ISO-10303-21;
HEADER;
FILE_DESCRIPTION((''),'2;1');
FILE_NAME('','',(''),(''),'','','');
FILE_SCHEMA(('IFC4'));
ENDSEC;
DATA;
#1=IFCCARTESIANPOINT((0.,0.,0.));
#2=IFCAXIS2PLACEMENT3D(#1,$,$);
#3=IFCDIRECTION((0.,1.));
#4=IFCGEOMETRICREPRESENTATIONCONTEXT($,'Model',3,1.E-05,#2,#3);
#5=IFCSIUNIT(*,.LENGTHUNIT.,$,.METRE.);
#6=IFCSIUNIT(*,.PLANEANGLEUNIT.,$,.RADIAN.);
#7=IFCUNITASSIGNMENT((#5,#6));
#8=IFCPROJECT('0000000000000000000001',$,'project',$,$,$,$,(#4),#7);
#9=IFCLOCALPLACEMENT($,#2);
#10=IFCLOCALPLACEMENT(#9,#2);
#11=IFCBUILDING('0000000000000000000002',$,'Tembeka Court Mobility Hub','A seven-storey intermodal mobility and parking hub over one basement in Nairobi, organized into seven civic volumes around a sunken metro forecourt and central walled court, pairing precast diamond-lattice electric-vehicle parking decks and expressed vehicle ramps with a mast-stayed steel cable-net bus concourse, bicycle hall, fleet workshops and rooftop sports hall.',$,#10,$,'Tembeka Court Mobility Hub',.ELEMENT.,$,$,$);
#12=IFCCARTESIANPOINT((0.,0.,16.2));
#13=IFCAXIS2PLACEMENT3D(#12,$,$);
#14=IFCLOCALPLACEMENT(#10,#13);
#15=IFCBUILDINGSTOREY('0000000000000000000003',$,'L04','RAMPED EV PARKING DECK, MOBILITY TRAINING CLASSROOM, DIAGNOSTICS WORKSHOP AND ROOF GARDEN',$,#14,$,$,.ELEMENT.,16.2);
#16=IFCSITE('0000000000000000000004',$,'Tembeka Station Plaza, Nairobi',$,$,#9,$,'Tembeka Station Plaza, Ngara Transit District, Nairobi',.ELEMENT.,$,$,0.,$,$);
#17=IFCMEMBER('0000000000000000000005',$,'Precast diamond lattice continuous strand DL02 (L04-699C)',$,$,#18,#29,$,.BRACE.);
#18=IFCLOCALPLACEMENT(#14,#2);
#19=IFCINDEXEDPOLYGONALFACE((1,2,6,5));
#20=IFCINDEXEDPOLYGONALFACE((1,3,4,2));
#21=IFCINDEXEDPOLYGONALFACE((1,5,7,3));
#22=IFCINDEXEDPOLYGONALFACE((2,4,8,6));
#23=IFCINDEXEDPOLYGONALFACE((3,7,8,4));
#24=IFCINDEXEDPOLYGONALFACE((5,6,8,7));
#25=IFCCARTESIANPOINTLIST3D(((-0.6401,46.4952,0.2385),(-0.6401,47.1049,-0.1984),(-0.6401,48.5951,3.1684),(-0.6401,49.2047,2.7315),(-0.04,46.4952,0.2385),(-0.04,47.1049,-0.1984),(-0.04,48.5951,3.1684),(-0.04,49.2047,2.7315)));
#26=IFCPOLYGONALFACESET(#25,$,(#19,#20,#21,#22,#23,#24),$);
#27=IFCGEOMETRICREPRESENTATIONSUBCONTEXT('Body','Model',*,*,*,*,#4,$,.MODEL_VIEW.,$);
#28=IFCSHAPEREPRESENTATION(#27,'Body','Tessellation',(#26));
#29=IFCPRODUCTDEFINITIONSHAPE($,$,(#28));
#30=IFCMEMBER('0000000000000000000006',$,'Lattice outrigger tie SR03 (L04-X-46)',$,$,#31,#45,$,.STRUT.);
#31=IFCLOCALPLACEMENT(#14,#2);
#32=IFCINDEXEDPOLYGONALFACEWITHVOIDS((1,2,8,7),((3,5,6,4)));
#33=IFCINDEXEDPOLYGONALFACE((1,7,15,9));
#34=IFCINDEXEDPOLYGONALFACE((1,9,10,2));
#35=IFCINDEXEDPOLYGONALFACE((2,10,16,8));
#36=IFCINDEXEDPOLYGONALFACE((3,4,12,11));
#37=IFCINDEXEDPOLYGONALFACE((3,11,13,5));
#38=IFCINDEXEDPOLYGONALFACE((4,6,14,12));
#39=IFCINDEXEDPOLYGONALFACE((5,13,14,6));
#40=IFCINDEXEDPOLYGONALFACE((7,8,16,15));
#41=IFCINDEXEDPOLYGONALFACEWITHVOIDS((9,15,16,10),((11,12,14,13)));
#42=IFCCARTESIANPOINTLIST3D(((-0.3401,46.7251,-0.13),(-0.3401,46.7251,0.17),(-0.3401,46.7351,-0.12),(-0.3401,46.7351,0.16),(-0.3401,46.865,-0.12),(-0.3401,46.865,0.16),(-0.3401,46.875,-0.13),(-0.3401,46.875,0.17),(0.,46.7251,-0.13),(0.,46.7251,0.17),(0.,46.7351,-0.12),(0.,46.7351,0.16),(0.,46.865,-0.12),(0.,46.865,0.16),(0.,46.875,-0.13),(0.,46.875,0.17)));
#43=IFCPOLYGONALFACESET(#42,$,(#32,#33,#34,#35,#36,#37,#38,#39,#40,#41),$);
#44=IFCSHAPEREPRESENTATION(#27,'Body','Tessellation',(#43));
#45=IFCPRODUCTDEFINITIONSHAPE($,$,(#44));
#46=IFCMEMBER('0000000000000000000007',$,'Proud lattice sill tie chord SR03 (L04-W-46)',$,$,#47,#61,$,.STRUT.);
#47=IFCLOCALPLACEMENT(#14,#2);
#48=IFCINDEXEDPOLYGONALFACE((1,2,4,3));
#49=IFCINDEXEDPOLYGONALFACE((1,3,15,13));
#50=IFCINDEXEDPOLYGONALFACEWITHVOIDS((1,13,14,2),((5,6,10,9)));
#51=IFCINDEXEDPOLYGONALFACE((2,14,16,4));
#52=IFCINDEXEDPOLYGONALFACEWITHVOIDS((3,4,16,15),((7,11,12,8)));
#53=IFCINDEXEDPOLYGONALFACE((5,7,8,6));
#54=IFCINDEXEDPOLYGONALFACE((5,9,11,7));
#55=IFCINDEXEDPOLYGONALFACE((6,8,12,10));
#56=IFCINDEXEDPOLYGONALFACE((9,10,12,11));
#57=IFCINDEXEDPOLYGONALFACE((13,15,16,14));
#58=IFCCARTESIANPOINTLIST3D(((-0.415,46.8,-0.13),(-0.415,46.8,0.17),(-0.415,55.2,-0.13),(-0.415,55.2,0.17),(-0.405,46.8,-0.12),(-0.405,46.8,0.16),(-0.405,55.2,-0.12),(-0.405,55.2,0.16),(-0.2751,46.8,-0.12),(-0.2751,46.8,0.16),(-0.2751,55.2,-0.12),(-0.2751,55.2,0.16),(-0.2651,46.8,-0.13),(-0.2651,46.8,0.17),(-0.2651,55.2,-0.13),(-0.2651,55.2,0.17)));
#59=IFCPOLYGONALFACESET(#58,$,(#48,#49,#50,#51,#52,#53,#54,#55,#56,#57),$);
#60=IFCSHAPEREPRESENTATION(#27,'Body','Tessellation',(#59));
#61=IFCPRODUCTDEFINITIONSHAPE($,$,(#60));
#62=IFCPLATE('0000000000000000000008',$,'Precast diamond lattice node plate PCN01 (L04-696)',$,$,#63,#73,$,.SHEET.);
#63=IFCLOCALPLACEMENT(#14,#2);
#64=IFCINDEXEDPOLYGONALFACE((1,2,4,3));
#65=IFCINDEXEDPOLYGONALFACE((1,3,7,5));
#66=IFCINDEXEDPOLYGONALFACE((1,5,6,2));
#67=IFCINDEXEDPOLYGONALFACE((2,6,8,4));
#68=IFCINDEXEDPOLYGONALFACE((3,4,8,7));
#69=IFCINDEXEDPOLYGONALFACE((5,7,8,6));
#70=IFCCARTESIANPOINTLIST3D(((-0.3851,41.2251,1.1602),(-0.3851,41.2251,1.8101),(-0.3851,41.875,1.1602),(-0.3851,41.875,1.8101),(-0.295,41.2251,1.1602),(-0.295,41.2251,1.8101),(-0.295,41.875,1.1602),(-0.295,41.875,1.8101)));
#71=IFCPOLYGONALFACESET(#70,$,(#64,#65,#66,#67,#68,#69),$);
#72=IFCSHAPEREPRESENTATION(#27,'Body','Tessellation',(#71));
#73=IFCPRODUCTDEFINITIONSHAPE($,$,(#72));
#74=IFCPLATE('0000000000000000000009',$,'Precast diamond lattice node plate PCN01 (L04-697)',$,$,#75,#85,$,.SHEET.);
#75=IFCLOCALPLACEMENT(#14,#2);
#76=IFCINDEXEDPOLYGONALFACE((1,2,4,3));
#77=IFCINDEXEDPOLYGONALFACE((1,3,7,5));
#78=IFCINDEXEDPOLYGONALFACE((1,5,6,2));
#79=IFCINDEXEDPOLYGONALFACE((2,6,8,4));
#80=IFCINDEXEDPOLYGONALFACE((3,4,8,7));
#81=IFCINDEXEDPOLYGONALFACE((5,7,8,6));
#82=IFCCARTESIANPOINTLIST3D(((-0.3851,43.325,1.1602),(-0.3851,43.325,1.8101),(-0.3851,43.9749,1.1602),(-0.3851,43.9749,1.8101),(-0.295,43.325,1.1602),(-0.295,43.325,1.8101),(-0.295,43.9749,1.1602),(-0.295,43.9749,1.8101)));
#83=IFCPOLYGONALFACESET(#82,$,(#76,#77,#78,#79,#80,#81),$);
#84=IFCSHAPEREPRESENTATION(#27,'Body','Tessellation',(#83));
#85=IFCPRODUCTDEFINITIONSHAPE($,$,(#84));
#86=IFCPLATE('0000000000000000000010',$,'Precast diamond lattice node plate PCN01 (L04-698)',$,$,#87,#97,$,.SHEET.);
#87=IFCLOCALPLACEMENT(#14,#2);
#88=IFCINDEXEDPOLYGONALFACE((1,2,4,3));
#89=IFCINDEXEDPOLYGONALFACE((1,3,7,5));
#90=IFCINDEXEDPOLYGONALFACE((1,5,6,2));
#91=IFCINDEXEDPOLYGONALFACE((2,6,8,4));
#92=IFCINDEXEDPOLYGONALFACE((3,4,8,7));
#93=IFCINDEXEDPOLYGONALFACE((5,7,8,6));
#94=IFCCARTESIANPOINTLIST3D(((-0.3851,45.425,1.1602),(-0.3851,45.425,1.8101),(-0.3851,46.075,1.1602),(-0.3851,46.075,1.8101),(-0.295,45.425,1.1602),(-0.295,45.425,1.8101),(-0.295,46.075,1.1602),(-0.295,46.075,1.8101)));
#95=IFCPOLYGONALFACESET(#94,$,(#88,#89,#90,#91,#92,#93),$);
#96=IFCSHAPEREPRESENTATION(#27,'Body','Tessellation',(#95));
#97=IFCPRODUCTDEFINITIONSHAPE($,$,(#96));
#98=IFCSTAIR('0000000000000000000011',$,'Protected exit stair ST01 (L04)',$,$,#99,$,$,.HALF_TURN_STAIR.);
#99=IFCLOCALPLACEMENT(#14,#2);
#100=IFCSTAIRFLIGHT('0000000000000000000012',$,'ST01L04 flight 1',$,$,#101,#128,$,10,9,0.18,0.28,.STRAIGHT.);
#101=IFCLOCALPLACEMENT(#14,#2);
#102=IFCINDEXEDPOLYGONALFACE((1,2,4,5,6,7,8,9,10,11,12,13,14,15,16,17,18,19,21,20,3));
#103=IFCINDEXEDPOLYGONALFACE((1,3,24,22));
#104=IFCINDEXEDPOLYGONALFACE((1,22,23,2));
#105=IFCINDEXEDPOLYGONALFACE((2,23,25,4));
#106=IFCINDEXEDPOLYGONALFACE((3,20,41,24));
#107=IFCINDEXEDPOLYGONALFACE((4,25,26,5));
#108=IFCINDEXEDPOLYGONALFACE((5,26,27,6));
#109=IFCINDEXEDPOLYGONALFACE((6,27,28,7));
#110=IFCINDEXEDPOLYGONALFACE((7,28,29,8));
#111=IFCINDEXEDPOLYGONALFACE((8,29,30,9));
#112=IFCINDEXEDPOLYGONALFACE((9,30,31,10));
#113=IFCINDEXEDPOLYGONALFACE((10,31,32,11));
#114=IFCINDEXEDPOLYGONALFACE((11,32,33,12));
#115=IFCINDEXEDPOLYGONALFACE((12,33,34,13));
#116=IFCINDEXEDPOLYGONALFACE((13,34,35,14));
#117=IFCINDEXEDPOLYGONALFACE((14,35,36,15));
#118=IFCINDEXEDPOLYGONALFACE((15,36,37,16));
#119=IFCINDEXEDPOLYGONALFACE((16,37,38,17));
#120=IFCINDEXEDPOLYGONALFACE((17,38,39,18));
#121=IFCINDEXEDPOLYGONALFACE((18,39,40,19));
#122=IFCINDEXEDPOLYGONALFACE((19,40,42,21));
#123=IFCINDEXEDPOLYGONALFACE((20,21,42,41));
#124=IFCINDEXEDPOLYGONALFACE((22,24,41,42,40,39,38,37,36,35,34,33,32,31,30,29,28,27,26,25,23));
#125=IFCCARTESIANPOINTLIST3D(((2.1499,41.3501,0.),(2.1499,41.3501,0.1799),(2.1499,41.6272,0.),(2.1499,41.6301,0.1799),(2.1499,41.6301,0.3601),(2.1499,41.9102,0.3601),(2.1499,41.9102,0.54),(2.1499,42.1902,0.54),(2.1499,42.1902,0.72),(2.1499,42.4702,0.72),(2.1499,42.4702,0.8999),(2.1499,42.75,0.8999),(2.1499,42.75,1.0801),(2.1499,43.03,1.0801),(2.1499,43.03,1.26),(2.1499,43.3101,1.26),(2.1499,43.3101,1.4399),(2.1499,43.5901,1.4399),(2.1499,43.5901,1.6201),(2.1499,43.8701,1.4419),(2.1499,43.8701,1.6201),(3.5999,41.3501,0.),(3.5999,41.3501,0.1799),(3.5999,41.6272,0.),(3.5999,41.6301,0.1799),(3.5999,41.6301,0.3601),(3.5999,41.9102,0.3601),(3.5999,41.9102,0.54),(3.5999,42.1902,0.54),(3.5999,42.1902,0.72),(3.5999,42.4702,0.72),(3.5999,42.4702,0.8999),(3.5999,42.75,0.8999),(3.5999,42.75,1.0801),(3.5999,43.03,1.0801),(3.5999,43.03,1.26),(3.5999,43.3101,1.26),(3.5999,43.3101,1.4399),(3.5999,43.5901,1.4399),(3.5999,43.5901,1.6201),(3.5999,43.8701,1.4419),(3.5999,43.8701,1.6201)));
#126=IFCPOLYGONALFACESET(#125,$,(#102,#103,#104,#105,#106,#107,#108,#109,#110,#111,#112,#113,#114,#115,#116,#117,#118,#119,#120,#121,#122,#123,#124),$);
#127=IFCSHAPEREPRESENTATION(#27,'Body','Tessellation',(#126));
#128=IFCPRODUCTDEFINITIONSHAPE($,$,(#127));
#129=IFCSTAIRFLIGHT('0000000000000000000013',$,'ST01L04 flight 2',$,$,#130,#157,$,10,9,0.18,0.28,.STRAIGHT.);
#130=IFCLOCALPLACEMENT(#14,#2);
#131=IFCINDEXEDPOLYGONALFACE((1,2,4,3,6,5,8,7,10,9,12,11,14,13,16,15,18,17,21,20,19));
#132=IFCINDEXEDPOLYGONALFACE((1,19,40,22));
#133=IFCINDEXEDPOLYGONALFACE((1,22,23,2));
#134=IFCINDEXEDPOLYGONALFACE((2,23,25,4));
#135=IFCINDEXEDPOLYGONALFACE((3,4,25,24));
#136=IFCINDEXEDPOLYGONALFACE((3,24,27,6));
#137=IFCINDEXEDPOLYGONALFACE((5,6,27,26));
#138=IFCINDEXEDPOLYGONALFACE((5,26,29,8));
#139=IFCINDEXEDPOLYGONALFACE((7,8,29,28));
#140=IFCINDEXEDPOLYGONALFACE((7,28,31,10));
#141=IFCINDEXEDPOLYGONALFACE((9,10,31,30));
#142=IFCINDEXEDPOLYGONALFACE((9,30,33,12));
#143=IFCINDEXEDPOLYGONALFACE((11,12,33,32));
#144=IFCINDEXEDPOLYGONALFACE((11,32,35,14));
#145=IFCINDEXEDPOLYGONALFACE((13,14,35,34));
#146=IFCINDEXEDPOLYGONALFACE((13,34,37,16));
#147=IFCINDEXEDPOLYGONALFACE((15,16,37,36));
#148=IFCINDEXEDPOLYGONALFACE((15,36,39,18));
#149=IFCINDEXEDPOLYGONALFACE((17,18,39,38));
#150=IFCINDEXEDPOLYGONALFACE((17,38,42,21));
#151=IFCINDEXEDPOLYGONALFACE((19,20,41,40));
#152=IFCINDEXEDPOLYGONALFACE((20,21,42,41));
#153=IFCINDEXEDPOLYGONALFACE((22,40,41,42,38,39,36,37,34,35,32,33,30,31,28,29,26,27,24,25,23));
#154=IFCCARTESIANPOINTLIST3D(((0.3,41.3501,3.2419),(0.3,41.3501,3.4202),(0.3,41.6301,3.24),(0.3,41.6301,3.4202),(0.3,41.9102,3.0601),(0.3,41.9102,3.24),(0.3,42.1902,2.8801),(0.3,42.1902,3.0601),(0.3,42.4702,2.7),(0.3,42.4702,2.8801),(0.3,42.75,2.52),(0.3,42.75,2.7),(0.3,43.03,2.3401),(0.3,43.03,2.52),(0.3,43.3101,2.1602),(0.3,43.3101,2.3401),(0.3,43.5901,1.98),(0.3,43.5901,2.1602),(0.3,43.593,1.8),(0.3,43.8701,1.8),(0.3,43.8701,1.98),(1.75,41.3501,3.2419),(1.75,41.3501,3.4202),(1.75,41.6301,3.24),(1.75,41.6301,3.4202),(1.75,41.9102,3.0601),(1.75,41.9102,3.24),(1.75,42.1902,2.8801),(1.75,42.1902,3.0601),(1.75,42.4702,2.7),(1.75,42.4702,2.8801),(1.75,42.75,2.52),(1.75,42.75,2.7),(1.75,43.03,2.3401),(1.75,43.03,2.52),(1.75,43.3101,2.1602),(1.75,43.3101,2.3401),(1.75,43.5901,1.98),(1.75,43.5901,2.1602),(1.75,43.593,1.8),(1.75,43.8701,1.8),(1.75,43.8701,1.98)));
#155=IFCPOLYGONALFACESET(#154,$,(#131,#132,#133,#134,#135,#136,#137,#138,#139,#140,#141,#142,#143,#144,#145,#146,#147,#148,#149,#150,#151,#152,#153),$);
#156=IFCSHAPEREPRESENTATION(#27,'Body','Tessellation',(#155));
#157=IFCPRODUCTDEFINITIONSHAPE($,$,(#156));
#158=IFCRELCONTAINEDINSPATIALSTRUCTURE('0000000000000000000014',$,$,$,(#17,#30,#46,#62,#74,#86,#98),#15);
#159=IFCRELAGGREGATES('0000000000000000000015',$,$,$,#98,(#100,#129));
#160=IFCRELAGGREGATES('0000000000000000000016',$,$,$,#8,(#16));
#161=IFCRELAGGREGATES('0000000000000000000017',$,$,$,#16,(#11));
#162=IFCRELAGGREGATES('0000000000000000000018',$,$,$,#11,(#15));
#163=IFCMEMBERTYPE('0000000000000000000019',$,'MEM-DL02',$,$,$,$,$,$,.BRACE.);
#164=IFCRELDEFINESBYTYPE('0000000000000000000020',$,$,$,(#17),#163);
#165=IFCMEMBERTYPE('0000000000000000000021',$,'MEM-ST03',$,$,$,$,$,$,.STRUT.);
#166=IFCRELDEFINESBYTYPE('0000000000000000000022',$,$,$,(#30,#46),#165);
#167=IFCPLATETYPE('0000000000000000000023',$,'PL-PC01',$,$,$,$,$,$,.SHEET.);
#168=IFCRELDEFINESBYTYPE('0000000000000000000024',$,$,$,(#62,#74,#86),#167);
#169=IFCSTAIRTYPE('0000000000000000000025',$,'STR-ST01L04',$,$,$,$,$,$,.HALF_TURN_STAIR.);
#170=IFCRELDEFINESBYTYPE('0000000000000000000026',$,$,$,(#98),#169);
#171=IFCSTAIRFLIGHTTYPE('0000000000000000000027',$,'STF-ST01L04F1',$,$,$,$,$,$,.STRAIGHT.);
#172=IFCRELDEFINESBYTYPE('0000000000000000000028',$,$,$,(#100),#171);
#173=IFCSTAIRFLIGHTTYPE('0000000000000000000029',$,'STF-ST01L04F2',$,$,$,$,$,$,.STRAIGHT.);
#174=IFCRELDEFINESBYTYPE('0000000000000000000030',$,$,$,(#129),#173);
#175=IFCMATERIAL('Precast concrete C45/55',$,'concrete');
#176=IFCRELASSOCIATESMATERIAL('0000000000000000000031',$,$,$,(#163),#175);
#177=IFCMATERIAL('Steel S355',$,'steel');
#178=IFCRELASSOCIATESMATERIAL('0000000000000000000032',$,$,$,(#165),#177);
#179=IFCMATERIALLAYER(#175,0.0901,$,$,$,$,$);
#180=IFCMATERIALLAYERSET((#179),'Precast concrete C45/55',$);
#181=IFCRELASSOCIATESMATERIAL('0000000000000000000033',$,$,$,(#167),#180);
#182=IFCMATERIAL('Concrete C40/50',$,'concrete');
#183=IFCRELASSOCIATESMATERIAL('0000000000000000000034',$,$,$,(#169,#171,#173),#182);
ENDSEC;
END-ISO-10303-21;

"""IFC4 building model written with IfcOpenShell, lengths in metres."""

from ifc_helpers import new_model, si_unit, direction, frame, origin, origin_2d, place, context, subcontext, project, spatial, polyline, rectangle, hollow_rectangle, outline, extrude, material, layer, layer_set, material_profile, profile_set, type_object, element, aggregate, save


model = new_model("IFC4")

# Units and contexts
model_context = context("Model", 3, precision=1e-05, world=origin(), true_north=direction((0.0, 1.0)))
body_context = subcontext(model_context, "Body", "Model", "MODEL_VIEW")
ifc_project = project(units=[si_unit("LENGTHUNIT", "METRE"), si_unit("PLANEANGLEUNIT", "RADIAN")], contexts=[model_context])

# Site, building, storey
site_placement = place(None, origin())
site = spatial("IfcSite", under=ifc_project, at=site_placement, Name="Tembeka Station Plaza, Nairobi", LongName="Tembeka Station Plaza, Ngara Transit District, Nairobi", CompositionType="ELEMENT", RefElevation=0.0)
building_placement = place(site_placement, origin())
building = spatial("IfcBuilding", under=site, at=building_placement, Name="Tembeka Court Mobility Hub", Description="A seven-storey intermodal mobility and parking hub over one basement in Nairobi, organized into seven civic volumes around a sunken metro forecourt and central walled court, pairing precast diamond-lattice electric-vehicle parking decks and expressed vehicle ramps with a mast-stayed steel cable-net bus concourse, bicycle hall, fleet workshops and rooftop sports hall.", LongName="Tembeka Court Mobility Hub", CompositionType="ELEMENT")
storey_placement = place(building_placement, frame((0.0, 0.0, 16.2)))
storey = spatial("IfcBuildingStorey", under=building, at=storey_placement, Name="L04", Description="RAMPED EV PARKING DECK, MOBILITY TRAINING CLASSROOM, DIAGNOSTICS WORKSHOP AND ROOF GARDEN", CompositionType="ELEMENT", Elevation=16.2)

# Shared definitions
ifc_material_1 = material(Name="Steel S355", Category="steel")

# Shared definitions
ifc_material_2 = material(Name="Precast concrete C45/55", Category="concrete")

# Members
ifc_material_profile_1 = material_profile(ifc_material_2, rectangle(XDim=0.6001, YDim=0.75, at=origin_2d()), Name="PC-DIAG 600x750")
ifc_profile_set_1 = profile_set([ifc_material_profile_1], Name="Precast concrete C45/55")
member_type_1 = type_object("IfcMemberType", Name="MEM-DL02", PredefinedType="BRACE", material=ifc_profile_set_1)
member_1_placement = place(storey_placement, frame((-0.3401, 46.8, 0.02), z_axis=(0.0, 0.582532, 0.812808), x_axis=(-1.0, 0.0, 0.0)))
element("IfcMember", 1, at=member_1_placement, inside=storey, type_object=member_type_1, Name="Precast diamond lattice continuous strand DL02 (L04-699C)", PredefinedType="BRACE", context=body_context, shape_type="SweptSolid", body=[
    extrude(rectangle(XDim=0.6001, YDim=0.75, at=origin_2d()), origin(), (0.0, 0.0, 1.0), 3.6047),
])
ifc_material_profile_2 = material_profile(ifc_material_1, hollow_rectangle(XDim=0.1499, YDim=0.3, WallThickness=0.01, at=origin_2d()), Name="RHS 300x150x10")
ifc_profile_set_2 = profile_set([ifc_material_profile_2], Name="Steel S355")
member_type_2 = type_object("IfcMemberType", Name="MEM-ST03", PredefinedType="STRUT", material=ifc_profile_set_2)
member_2_placement = place(storey_placement, frame((0.0, 46.8, 0.02), z_axis=(-1.0, 0.0, 0.0), x_axis=(0.0, -1.0, 0.0)))
element("IfcMember", 2, at=member_2_placement, inside=storey, type_object=member_type_2, Name="Lattice outrigger tie SR03 (L04-X-46)", PredefinedType="STRUT", context=body_context, shape_type="SweptSolid", body=[
    extrude(hollow_rectangle(XDim=0.1499, YDim=0.3, WallThickness=0.01, at=origin_2d()), origin(), (0.0, 0.0, 1.0), 0.3401),
])
member_3_placement = place(storey_placement, frame((-0.3401, 46.8, 0.02), z_axis=(0.0, 1.0, 0.0), x_axis=(-1.0, 0.0, 0.0)))
element("IfcMember", 3, at=member_3_placement, inside=storey, type_object=member_type_2, Name="Proud lattice sill tie chord SR03 (L04-W-46)", PredefinedType="STRUT", context=body_context, shape_type="SweptSolid", body=[
    extrude(hollow_rectangle(XDim=0.1499, YDim=0.3, WallThickness=0.01, at=origin_2d()), origin(), (0.0, 0.0, 1.0), 8.3999),
])

# Plates
ifc_layer = layer(ifc_material_2, 0.0901)
ifc_layer_set = layer_set([ifc_layer], Name="Precast concrete C45/55")
plate_type = type_object("IfcPlateType", Name="PL-PC01", PredefinedType="SHEET", material=ifc_layer_set)
for number, where, z_axis, x_axis, name in (
    (4, (-0.3401, 41.55, 1.1602), (0.0, 0.0, 1.0), (1.0, 0.0, 0.0), "Precast diamond lattice node plate PCN01 (L04-696)"),
    (5, (-0.3401, 43.6499, 1.1602), (0.0, 0.0, 1.0), (1.0, 0.0, 0.0), "Precast diamond lattice node plate PCN01 (L04-697)"),
    (6, (-0.3401, 45.75, 1.1602), (0.0, 0.0, 1.0), (1.0, 0.0, 0.0), "Precast diamond lattice node plate PCN01 (L04-698)"),
):
    element("IfcPlate", number, at=place(storey_placement, frame(where, z_axis=z_axis, x_axis=x_axis)), inside=storey, type_object=plate_type, Name=name, PredefinedType="SHEET", context=body_context, shape_type="SweptSolid", body=[
        extrude(rectangle(XDim=0.0901, YDim=0.6499, at=origin_2d()), origin(), (0.0, 0.0, 1.0), 0.6499),
    ])

# Stair, stair flights
ifc_material_3 = material(Name="Concrete C40/50", Category="concrete")
stair_type = type_object("IfcStairType", Name="STR-ST01L04", PredefinedType="HALF_TURN_STAIR", material=ifc_material_3)
stair_placement = place(storey_placement, origin())
stair = element("IfcStair", 7, at=stair_placement, inside=storey, type_object=stair_type, Name="Protected exit stair ST01 (L04)", PredefinedType="HALF_TURN_STAIR")
stair_flight_type_1 = type_object("IfcStairFlightType", Name="STF-ST01L04F1", PredefinedType="STRAIGHT", material=ifc_material_3)
stair_flight_1_placement = place(storey_placement, frame((2.875, 41.3501, 0.0), z_axis=(0.0, 0.0, 1.0), x_axis=(0.0, 1.0, 0.0)))
stair_flight_1 = element("IfcStairFlight", 8, at=stair_flight_1_placement, type_object=stair_flight_type_1, Name="ST01L04 flight 1", NumberOfRisers=10, NumberOfTreads=9, PredefinedType="STRAIGHT", RiserHeight=0.18, TreadLength=0.28, context=body_context, shape_type="SweptSolid", body=[
    extrude(outline(polyline([(0.0, 0.0), (0.0, 0.1799), (0.28, 0.1799), (0.28, 0.3601), (0.5601, 0.3601), (0.5601, 0.54), (0.8401, 0.54), (0.8401, 0.72), (1.1201, 0.72), (1.1201, 0.8999), (1.3999, 0.8999), (1.3999, 1.0801), (1.6799, 1.0801), (1.6799, 1.26), (1.96, 1.26), (1.96, 1.4399), (2.24, 1.4399), (2.24, 1.6201), (2.52, 1.6201), (2.52, 1.8), (2.52, 1.4419), (0.2771, 0.0), (0.0, 0.0)])), frame((0.0, 0.7251, 0.0), z_axis=(0.0, -1.0, 0.0), x_axis=(1.0, 0.0, 0.0)), (0.0, 0.0, 1.0), 1.45),
])
stair_flight_type_2 = type_object("IfcStairFlightType", Name="STF-ST01L04F2", PredefinedType="STRAIGHT", material=ifc_material_3)
stair_flight_2_placement = place(storey_placement, frame((1.0249, 43.8701, 1.8), z_axis=(0.0, 0.0, 1.0), x_axis=(0.0, -1.0, 0.0)))
stair_flight_2 = element("IfcStairFlight", 9, at=stair_flight_2_placement, type_object=stair_flight_type_2, Name="ST01L04 flight 2", NumberOfRisers=10, NumberOfTreads=9, PredefinedType="STRAIGHT", RiserHeight=0.18, TreadLength=0.28, context=body_context, shape_type="SweptSolid", body=[
    extrude(outline(polyline([(0.0, 0.0), (0.0, 0.1799), (0.28, 0.1799), (0.28, 0.3601), (0.5601, 0.3601), (0.5601, 0.54), (0.8401, 0.54), (0.8401, 0.72), (1.1201, 0.72), (1.1201, 0.8999), (1.3999, 0.8999), (1.3999, 1.0801), (1.6799, 1.0801), (1.6799, 1.26), (1.96, 1.26), (1.96, 1.4399), (2.24, 1.4399), (2.24, 1.6201), (2.52, 1.6201), (2.52, 1.8), (2.52, 1.4419), (0.2771, 0.0), (0.0, 0.0)])), frame((0.0, 0.7251, 0.0), z_axis=(0.0, -1.0, 0.0), x_axis=(1.0, 0.0, 0.0)), (0.0, 0.0, 1.0), 1.45),
])
aggregate(stair, [stair_flight_1, stair_flight_2])

save(model, "model.ifc")
